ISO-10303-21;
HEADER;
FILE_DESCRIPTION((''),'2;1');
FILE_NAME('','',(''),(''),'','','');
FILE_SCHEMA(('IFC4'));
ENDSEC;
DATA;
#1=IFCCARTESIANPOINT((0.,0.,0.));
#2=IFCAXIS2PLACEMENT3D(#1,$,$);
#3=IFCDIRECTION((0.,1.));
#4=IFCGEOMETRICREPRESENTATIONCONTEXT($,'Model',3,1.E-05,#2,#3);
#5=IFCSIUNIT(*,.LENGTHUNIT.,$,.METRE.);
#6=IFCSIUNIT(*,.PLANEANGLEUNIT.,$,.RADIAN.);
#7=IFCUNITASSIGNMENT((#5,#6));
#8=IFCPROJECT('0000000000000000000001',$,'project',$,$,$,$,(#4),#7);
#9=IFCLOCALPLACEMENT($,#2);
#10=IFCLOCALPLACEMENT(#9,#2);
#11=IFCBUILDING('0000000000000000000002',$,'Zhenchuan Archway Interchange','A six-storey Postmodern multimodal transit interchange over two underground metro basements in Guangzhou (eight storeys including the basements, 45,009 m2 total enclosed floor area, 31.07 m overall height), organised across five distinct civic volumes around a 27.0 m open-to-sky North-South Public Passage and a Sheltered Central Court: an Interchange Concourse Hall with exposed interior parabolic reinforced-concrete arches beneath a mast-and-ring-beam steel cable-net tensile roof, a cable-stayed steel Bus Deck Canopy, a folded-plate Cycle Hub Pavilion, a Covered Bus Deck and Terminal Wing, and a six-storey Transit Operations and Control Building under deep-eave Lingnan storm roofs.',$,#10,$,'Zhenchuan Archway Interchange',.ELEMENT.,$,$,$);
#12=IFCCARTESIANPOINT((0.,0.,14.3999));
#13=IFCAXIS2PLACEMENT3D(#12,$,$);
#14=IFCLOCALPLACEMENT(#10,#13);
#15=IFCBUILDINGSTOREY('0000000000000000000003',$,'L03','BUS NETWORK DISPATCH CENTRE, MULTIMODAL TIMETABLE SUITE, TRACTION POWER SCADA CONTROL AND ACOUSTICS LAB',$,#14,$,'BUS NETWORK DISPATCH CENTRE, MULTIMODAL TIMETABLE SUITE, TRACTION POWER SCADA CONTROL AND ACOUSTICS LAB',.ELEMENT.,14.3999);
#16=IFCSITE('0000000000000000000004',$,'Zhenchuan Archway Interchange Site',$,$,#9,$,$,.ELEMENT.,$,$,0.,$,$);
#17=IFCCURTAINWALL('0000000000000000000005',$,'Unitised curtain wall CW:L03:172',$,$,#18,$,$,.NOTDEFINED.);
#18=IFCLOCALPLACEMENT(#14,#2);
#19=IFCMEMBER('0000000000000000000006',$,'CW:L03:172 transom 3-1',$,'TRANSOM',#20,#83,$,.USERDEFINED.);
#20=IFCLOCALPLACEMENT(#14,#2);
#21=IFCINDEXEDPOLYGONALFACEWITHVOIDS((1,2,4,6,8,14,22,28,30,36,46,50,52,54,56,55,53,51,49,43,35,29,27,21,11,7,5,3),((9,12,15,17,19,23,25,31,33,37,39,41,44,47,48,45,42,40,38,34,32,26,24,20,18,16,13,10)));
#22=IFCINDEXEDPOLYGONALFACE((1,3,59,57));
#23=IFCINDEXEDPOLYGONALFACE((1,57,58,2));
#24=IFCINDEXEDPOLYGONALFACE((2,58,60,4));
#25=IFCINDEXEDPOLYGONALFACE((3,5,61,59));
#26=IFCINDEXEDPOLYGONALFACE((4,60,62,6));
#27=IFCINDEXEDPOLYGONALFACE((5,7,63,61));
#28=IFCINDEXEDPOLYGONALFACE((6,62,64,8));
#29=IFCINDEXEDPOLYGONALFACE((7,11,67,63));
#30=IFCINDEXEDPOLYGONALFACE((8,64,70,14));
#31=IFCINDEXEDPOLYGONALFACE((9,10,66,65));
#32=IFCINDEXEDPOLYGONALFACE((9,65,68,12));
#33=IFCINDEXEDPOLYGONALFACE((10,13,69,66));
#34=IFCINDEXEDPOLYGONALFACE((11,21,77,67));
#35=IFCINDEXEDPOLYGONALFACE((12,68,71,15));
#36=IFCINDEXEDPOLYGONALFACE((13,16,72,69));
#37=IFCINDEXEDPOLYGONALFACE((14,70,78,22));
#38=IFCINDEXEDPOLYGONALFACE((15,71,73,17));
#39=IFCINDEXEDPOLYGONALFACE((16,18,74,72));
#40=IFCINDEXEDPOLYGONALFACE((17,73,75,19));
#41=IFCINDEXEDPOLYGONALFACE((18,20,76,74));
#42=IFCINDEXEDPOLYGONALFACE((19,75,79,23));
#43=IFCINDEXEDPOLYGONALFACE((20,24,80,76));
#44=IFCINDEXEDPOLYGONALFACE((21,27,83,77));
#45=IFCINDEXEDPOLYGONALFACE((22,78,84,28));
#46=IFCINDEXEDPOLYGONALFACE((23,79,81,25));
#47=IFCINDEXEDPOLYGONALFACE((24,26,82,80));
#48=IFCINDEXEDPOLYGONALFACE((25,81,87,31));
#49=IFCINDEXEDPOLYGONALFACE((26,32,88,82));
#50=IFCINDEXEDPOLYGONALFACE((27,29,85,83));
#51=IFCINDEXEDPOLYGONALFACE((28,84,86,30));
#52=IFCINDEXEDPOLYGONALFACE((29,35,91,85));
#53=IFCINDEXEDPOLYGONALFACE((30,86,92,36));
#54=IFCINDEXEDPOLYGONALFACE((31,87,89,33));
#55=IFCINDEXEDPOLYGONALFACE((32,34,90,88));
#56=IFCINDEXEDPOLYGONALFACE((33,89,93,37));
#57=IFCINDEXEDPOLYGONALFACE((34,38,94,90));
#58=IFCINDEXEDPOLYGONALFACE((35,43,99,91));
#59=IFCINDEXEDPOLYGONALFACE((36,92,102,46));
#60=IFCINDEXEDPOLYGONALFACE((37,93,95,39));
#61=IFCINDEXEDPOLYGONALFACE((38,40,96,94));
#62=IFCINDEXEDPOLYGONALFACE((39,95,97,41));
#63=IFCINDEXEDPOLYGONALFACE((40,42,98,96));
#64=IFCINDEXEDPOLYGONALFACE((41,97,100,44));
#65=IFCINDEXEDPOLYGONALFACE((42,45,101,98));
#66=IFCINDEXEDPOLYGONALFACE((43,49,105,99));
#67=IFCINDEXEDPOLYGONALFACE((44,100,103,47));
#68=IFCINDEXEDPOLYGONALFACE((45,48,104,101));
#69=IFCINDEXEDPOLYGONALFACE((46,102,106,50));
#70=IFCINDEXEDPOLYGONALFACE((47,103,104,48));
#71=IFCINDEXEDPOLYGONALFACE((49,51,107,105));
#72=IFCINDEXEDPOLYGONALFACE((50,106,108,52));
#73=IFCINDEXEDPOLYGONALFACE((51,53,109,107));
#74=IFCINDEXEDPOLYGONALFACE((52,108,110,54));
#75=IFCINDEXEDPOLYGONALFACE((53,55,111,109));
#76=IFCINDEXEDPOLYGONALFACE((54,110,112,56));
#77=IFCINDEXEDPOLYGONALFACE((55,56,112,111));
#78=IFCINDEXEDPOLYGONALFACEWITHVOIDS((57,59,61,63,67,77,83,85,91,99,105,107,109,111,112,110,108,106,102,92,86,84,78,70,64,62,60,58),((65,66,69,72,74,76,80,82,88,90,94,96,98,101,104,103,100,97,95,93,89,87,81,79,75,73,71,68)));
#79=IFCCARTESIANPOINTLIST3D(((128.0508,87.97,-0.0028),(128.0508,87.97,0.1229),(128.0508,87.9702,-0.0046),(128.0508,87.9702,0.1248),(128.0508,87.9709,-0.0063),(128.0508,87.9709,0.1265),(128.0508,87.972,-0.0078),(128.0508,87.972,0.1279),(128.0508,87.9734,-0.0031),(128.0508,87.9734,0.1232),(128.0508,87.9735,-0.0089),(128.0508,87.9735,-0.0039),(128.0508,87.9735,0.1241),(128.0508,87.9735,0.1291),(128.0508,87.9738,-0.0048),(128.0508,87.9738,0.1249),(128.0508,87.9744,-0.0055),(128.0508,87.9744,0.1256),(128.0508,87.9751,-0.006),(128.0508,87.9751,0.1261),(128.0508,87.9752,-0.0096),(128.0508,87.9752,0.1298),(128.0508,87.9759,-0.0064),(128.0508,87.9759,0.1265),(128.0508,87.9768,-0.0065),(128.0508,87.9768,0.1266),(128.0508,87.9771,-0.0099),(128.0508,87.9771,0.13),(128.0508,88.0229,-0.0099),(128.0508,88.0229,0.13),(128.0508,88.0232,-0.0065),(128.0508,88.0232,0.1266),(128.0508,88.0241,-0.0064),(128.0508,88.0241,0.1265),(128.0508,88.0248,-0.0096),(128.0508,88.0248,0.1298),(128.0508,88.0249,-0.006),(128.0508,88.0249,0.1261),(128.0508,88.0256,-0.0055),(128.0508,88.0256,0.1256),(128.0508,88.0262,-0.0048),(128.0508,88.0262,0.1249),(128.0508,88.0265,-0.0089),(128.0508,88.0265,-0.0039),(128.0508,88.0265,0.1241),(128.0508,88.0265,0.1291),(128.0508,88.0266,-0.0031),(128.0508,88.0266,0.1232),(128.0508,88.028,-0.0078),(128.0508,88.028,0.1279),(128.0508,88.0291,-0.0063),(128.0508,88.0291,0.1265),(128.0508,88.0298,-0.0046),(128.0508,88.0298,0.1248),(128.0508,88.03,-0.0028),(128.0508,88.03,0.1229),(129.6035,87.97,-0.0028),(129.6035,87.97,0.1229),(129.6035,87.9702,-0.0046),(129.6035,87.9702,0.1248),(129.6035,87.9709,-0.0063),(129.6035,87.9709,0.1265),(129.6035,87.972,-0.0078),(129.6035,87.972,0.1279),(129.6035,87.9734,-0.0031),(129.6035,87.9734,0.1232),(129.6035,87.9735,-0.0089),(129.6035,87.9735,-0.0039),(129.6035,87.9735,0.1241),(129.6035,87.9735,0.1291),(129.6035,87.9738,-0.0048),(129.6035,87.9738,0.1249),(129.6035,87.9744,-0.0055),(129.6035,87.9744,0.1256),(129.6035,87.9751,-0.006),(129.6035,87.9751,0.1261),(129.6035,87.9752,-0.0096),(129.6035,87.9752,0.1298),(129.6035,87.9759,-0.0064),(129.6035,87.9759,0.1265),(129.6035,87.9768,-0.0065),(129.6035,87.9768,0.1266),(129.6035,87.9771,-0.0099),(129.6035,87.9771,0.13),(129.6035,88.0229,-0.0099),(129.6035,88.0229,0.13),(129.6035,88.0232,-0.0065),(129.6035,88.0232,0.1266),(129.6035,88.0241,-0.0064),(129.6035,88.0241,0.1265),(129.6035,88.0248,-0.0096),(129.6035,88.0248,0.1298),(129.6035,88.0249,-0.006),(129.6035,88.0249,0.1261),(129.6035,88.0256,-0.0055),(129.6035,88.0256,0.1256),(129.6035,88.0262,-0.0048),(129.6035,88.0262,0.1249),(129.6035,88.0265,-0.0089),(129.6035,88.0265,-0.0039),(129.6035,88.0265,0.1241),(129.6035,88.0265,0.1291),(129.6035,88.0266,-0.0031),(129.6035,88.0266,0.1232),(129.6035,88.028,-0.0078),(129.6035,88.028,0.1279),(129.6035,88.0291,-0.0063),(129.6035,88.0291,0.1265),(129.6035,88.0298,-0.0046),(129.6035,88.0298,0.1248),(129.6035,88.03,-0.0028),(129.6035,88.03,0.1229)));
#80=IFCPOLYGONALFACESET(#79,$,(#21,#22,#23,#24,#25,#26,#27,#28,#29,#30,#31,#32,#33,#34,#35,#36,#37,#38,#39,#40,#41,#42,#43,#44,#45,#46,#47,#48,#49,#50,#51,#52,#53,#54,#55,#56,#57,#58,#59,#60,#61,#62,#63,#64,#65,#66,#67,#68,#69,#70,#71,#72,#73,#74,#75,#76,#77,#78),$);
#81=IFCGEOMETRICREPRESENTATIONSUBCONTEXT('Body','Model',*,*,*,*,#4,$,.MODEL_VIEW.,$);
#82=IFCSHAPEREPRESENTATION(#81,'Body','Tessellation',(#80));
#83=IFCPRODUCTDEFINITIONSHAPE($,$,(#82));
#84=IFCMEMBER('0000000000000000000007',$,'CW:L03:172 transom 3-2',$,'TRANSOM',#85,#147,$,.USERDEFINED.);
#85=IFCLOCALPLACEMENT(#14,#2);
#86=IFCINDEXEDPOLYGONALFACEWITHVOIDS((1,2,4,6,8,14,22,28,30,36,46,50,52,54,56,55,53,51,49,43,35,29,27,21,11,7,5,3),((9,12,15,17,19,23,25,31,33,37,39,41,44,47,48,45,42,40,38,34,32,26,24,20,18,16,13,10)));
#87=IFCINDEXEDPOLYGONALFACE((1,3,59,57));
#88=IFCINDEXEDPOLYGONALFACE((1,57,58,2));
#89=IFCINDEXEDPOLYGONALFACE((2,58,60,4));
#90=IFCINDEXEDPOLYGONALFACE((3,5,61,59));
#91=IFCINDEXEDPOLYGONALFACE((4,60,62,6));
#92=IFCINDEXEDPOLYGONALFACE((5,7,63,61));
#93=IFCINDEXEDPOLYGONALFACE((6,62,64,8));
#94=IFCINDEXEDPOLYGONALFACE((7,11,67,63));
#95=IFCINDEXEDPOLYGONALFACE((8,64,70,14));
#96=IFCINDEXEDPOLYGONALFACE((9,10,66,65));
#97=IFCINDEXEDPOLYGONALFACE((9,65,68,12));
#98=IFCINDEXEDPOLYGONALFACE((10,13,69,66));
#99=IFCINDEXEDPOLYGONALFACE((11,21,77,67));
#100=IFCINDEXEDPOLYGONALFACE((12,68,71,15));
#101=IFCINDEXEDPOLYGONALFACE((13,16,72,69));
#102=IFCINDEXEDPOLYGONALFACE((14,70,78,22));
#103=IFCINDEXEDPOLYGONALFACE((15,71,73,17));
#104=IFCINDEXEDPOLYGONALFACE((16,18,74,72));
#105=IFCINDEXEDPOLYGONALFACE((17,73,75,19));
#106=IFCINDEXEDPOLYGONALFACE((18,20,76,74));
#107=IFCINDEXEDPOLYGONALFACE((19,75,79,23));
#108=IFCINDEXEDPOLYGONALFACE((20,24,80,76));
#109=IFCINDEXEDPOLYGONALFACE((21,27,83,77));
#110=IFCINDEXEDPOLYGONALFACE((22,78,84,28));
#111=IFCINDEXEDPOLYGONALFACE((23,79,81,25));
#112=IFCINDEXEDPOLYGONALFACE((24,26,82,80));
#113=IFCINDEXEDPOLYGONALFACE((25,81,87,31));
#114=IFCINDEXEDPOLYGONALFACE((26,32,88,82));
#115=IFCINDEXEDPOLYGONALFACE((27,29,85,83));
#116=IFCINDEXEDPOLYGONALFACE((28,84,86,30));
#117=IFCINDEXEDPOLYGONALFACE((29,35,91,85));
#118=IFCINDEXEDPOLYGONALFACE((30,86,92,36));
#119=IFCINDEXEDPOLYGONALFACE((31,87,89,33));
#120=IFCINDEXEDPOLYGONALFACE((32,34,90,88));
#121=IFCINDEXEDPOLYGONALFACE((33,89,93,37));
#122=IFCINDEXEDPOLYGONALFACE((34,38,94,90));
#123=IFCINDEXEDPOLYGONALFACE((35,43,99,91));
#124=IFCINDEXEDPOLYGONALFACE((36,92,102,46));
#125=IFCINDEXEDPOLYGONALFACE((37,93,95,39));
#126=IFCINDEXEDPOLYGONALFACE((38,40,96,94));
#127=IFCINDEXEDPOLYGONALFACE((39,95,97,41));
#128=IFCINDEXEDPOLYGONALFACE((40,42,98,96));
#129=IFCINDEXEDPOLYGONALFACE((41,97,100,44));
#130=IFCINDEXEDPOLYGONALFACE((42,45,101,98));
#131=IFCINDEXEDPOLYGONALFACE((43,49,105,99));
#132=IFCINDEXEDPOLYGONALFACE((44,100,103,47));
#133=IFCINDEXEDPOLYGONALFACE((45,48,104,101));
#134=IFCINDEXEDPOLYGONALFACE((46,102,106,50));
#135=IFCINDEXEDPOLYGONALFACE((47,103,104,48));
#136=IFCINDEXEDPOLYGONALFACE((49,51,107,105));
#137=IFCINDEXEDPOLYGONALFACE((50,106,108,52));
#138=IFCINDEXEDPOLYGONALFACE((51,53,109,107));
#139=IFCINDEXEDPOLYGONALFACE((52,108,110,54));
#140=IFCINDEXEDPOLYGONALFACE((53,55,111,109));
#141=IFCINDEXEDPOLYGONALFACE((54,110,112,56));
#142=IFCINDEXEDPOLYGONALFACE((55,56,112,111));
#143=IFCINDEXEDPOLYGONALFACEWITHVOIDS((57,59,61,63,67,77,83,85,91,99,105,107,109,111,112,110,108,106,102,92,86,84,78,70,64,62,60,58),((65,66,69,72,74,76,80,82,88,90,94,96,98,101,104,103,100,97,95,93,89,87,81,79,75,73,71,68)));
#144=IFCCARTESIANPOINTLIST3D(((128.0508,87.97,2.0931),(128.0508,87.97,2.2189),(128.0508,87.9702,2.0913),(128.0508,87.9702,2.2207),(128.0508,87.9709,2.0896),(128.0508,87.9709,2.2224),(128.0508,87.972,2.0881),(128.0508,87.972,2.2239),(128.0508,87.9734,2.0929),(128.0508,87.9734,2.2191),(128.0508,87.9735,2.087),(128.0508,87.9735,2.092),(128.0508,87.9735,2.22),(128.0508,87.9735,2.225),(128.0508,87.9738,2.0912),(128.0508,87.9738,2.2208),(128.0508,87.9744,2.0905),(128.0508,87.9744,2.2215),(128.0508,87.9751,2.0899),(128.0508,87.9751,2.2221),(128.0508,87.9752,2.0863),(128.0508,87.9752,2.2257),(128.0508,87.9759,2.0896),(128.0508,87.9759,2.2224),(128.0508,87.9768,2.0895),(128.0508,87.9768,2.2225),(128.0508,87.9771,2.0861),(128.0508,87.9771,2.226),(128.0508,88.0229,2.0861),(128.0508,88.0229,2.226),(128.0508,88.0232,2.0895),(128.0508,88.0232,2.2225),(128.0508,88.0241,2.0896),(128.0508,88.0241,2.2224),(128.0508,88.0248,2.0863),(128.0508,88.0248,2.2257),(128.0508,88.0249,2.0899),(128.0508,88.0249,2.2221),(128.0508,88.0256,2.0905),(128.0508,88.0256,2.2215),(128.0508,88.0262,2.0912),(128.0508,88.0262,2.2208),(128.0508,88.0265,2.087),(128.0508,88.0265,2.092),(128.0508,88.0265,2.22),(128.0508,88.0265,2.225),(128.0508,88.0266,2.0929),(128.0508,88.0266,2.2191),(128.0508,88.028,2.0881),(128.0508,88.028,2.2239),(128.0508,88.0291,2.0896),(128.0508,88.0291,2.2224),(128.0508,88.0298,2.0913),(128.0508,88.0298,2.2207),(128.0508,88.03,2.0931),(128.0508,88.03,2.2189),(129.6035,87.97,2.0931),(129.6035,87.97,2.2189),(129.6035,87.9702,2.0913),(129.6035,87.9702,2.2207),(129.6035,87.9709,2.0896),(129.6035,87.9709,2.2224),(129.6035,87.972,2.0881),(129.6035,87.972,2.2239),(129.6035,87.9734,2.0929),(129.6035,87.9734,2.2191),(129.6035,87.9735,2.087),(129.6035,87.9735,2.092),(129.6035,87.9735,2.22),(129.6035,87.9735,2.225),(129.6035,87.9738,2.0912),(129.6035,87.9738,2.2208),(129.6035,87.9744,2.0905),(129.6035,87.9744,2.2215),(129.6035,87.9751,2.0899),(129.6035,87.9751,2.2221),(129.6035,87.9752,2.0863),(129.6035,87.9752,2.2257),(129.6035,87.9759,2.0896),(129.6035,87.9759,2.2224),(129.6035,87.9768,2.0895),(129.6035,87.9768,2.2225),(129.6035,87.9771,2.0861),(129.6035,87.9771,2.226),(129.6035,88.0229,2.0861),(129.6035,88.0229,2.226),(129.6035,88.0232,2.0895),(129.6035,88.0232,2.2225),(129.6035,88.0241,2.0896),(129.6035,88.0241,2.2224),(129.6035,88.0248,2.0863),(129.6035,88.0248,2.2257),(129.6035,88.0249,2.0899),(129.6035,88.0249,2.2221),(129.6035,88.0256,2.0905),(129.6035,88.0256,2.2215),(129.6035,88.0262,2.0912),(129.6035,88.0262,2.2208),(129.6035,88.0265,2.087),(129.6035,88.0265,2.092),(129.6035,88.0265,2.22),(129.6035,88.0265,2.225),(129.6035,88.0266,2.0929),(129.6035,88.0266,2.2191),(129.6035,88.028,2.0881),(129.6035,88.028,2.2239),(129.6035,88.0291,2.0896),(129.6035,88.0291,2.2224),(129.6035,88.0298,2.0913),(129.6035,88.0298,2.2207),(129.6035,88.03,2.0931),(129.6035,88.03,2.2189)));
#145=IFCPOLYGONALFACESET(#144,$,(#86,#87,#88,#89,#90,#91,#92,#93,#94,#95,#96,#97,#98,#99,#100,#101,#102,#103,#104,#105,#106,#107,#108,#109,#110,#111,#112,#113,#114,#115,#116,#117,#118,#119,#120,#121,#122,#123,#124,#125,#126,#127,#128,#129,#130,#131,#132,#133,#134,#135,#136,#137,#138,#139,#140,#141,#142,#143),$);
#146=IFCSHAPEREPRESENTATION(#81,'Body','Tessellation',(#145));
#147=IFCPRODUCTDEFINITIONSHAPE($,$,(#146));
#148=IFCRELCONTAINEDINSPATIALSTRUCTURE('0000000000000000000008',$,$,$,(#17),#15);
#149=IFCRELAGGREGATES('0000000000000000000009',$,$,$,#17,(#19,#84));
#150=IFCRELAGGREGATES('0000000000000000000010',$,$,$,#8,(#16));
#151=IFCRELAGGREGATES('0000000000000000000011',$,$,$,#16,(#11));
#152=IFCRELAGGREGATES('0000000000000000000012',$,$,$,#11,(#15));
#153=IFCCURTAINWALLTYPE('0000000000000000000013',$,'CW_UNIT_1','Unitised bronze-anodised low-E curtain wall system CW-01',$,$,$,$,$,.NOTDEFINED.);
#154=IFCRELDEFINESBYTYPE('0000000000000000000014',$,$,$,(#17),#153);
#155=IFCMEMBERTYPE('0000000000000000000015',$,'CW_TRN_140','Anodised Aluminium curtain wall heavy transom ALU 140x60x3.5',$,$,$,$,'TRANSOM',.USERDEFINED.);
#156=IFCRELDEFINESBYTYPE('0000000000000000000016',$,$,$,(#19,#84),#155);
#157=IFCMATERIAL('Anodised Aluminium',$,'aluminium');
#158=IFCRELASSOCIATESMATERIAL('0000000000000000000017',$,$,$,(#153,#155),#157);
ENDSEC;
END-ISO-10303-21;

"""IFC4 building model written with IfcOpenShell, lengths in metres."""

from ifc_helpers import new_model, si_unit, direction, frame, origin, origin_2d, place, context, subcontext, project, spatial, hollow_rectangle, extrude, material, material_profile, profile_set, type_object, element, aggregate, save


model = new_model("IFC4")

# Units and contexts
model_context = context("Model", 3, precision=1e-05, world=origin(), true_north=direction((0.0, 1.0)))
body_context = subcontext(model_context, "Body", "Model", "MODEL_VIEW")
ifc_project = project(units=[si_unit("LENGTHUNIT", "METRE"), si_unit("PLANEANGLEUNIT", "RADIAN")], contexts=[model_context])

# Site, building, storey
site_placement = place(None, origin())
site = spatial("IfcSite", under=ifc_project, at=site_placement, Name="Zhenchuan Archway Interchange Site", CompositionType="ELEMENT", RefElevation=0.0)
building_placement = place(site_placement, origin())
building = spatial("IfcBuilding", under=site, at=building_placement, Name="Zhenchuan Archway Interchange", Description="A six-storey Postmodern multimodal transit interchange over two underground metro basements in Guangzhou (eight storeys including the basements, 45,009 m2 total enclosed floor area, 31.07 m overall height), organised across five distinct civic volumes around a 27.0 m open-to-sky North-South Public Passage and a Sheltered Central Court: an Interchange Concourse Hall with exposed interior parabolic reinforced-concrete arches beneath a mast-and-ring-beam steel cable-net tensile roof, a cable-stayed steel Bus Deck Canopy, a folded-plate Cycle Hub Pavilion, a Covered Bus Deck and Terminal Wing, and a six-storey Transit Operations and Control Building under deep-eave Lingnan storm roofs.", LongName="Zhenchuan Archway Interchange", CompositionType="ELEMENT")
storey_placement = place(building_placement, frame((0.0, 0.0, 14.3999)))
storey = spatial("IfcBuildingStorey", under=building, at=storey_placement, Name="L03", Description="BUS NETWORK DISPATCH CENTRE, MULTIMODAL TIMETABLE SUITE, TRACTION POWER SCADA CONTROL AND ACOUSTICS LAB", LongName="BUS NETWORK DISPATCH CENTRE, MULTIMODAL TIMETABLE SUITE, TRACTION POWER SCADA CONTROL AND ACOUSTICS LAB", CompositionType="ELEMENT", Elevation=14.3999)

# Curtain wall
ifc_material_1 = material(Name="Anodised Aluminium", Category="aluminium")
curtain_wall_type_1 = type_object("IfcCurtainWallType", Name="CW_UNIT_1", Description="Unitised bronze-anodised low-E curtain wall system CW-01", PredefinedType="NOTDEFINED", material=ifc_material_1)
curtain_wall_1_placement = place(storey_placement, origin())
curtain_wall_1 = element("IfcCurtainWall", 1, at=curtain_wall_1_placement, inside=storey, type_object=curtain_wall_type_1, Name="Unitised curtain wall CW:L03:172", PredefinedType="NOTDEFINED")

# Members
ifc_material_profile_1 = material_profile(ifc_material_1, hollow_rectangle(XDim=0.0601, YDim=0.1399, WallThickness=0.0034, InnerFilletRadius=0.0034, OuterFilletRadius=0.0071, at=origin_2d()), Name="ALU 140x60x3.5")
ifc_profile_set_1 = profile_set([ifc_material_profile_1], Name="Anodised Aluminium")
member_type_1 = type_object("IfcMemberType", Name="CW_TRN_140", Description="Anodised Aluminium curtain wall heavy transom ALU 140x60x3.5", ElementType="TRANSOM", PredefinedType="USERDEFINED", material=ifc_profile_set_1)
member_1_placement = place(storey_placement, frame((129.6035, 88.0, 0.0601), z_axis=(-1.0, 0.0, 0.0), x_axis=(0.0, -1.0, 0.0)))
member_1 = element("IfcMember", 2, at=member_1_placement, type_object=member_type_1, Name="CW:L03:172 transom 3-1", ObjectType="TRANSOM", PredefinedType="USERDEFINED", context=body_context, shape_type="SweptSolid", body=[
    extrude(hollow_rectangle(XDim=0.0601, YDim=0.1399, WallThickness=0.0034, InnerFilletRadius=0.0034, OuterFilletRadius=0.0071, at=origin_2d()), origin(), (0.0, 0.0, 1.0), 1.5527),
])
member_2_placement = place(storey_placement, frame((129.6035, 88.0, 2.156), z_axis=(-1.0, 0.0, 0.0), x_axis=(0.0, -1.0, 0.0)))
member_2 = element("IfcMember", 3, at=member_2_placement, type_object=member_type_1, Name="CW:L03:172 transom 3-2", ObjectType="TRANSOM", PredefinedType="USERDEFINED", context=body_context, shape_type="SweptSolid", body=[
    extrude(hollow_rectangle(XDim=0.0601, YDim=0.1399, WallThickness=0.0034, InnerFilletRadius=0.0034, OuterFilletRadius=0.0071, at=origin_2d()), origin(), (0.0, 0.0, 1.0), 1.5527),
])

aggregate(curtain_wall_1, [member_1, member_2])

save(model, "model.ifc")
